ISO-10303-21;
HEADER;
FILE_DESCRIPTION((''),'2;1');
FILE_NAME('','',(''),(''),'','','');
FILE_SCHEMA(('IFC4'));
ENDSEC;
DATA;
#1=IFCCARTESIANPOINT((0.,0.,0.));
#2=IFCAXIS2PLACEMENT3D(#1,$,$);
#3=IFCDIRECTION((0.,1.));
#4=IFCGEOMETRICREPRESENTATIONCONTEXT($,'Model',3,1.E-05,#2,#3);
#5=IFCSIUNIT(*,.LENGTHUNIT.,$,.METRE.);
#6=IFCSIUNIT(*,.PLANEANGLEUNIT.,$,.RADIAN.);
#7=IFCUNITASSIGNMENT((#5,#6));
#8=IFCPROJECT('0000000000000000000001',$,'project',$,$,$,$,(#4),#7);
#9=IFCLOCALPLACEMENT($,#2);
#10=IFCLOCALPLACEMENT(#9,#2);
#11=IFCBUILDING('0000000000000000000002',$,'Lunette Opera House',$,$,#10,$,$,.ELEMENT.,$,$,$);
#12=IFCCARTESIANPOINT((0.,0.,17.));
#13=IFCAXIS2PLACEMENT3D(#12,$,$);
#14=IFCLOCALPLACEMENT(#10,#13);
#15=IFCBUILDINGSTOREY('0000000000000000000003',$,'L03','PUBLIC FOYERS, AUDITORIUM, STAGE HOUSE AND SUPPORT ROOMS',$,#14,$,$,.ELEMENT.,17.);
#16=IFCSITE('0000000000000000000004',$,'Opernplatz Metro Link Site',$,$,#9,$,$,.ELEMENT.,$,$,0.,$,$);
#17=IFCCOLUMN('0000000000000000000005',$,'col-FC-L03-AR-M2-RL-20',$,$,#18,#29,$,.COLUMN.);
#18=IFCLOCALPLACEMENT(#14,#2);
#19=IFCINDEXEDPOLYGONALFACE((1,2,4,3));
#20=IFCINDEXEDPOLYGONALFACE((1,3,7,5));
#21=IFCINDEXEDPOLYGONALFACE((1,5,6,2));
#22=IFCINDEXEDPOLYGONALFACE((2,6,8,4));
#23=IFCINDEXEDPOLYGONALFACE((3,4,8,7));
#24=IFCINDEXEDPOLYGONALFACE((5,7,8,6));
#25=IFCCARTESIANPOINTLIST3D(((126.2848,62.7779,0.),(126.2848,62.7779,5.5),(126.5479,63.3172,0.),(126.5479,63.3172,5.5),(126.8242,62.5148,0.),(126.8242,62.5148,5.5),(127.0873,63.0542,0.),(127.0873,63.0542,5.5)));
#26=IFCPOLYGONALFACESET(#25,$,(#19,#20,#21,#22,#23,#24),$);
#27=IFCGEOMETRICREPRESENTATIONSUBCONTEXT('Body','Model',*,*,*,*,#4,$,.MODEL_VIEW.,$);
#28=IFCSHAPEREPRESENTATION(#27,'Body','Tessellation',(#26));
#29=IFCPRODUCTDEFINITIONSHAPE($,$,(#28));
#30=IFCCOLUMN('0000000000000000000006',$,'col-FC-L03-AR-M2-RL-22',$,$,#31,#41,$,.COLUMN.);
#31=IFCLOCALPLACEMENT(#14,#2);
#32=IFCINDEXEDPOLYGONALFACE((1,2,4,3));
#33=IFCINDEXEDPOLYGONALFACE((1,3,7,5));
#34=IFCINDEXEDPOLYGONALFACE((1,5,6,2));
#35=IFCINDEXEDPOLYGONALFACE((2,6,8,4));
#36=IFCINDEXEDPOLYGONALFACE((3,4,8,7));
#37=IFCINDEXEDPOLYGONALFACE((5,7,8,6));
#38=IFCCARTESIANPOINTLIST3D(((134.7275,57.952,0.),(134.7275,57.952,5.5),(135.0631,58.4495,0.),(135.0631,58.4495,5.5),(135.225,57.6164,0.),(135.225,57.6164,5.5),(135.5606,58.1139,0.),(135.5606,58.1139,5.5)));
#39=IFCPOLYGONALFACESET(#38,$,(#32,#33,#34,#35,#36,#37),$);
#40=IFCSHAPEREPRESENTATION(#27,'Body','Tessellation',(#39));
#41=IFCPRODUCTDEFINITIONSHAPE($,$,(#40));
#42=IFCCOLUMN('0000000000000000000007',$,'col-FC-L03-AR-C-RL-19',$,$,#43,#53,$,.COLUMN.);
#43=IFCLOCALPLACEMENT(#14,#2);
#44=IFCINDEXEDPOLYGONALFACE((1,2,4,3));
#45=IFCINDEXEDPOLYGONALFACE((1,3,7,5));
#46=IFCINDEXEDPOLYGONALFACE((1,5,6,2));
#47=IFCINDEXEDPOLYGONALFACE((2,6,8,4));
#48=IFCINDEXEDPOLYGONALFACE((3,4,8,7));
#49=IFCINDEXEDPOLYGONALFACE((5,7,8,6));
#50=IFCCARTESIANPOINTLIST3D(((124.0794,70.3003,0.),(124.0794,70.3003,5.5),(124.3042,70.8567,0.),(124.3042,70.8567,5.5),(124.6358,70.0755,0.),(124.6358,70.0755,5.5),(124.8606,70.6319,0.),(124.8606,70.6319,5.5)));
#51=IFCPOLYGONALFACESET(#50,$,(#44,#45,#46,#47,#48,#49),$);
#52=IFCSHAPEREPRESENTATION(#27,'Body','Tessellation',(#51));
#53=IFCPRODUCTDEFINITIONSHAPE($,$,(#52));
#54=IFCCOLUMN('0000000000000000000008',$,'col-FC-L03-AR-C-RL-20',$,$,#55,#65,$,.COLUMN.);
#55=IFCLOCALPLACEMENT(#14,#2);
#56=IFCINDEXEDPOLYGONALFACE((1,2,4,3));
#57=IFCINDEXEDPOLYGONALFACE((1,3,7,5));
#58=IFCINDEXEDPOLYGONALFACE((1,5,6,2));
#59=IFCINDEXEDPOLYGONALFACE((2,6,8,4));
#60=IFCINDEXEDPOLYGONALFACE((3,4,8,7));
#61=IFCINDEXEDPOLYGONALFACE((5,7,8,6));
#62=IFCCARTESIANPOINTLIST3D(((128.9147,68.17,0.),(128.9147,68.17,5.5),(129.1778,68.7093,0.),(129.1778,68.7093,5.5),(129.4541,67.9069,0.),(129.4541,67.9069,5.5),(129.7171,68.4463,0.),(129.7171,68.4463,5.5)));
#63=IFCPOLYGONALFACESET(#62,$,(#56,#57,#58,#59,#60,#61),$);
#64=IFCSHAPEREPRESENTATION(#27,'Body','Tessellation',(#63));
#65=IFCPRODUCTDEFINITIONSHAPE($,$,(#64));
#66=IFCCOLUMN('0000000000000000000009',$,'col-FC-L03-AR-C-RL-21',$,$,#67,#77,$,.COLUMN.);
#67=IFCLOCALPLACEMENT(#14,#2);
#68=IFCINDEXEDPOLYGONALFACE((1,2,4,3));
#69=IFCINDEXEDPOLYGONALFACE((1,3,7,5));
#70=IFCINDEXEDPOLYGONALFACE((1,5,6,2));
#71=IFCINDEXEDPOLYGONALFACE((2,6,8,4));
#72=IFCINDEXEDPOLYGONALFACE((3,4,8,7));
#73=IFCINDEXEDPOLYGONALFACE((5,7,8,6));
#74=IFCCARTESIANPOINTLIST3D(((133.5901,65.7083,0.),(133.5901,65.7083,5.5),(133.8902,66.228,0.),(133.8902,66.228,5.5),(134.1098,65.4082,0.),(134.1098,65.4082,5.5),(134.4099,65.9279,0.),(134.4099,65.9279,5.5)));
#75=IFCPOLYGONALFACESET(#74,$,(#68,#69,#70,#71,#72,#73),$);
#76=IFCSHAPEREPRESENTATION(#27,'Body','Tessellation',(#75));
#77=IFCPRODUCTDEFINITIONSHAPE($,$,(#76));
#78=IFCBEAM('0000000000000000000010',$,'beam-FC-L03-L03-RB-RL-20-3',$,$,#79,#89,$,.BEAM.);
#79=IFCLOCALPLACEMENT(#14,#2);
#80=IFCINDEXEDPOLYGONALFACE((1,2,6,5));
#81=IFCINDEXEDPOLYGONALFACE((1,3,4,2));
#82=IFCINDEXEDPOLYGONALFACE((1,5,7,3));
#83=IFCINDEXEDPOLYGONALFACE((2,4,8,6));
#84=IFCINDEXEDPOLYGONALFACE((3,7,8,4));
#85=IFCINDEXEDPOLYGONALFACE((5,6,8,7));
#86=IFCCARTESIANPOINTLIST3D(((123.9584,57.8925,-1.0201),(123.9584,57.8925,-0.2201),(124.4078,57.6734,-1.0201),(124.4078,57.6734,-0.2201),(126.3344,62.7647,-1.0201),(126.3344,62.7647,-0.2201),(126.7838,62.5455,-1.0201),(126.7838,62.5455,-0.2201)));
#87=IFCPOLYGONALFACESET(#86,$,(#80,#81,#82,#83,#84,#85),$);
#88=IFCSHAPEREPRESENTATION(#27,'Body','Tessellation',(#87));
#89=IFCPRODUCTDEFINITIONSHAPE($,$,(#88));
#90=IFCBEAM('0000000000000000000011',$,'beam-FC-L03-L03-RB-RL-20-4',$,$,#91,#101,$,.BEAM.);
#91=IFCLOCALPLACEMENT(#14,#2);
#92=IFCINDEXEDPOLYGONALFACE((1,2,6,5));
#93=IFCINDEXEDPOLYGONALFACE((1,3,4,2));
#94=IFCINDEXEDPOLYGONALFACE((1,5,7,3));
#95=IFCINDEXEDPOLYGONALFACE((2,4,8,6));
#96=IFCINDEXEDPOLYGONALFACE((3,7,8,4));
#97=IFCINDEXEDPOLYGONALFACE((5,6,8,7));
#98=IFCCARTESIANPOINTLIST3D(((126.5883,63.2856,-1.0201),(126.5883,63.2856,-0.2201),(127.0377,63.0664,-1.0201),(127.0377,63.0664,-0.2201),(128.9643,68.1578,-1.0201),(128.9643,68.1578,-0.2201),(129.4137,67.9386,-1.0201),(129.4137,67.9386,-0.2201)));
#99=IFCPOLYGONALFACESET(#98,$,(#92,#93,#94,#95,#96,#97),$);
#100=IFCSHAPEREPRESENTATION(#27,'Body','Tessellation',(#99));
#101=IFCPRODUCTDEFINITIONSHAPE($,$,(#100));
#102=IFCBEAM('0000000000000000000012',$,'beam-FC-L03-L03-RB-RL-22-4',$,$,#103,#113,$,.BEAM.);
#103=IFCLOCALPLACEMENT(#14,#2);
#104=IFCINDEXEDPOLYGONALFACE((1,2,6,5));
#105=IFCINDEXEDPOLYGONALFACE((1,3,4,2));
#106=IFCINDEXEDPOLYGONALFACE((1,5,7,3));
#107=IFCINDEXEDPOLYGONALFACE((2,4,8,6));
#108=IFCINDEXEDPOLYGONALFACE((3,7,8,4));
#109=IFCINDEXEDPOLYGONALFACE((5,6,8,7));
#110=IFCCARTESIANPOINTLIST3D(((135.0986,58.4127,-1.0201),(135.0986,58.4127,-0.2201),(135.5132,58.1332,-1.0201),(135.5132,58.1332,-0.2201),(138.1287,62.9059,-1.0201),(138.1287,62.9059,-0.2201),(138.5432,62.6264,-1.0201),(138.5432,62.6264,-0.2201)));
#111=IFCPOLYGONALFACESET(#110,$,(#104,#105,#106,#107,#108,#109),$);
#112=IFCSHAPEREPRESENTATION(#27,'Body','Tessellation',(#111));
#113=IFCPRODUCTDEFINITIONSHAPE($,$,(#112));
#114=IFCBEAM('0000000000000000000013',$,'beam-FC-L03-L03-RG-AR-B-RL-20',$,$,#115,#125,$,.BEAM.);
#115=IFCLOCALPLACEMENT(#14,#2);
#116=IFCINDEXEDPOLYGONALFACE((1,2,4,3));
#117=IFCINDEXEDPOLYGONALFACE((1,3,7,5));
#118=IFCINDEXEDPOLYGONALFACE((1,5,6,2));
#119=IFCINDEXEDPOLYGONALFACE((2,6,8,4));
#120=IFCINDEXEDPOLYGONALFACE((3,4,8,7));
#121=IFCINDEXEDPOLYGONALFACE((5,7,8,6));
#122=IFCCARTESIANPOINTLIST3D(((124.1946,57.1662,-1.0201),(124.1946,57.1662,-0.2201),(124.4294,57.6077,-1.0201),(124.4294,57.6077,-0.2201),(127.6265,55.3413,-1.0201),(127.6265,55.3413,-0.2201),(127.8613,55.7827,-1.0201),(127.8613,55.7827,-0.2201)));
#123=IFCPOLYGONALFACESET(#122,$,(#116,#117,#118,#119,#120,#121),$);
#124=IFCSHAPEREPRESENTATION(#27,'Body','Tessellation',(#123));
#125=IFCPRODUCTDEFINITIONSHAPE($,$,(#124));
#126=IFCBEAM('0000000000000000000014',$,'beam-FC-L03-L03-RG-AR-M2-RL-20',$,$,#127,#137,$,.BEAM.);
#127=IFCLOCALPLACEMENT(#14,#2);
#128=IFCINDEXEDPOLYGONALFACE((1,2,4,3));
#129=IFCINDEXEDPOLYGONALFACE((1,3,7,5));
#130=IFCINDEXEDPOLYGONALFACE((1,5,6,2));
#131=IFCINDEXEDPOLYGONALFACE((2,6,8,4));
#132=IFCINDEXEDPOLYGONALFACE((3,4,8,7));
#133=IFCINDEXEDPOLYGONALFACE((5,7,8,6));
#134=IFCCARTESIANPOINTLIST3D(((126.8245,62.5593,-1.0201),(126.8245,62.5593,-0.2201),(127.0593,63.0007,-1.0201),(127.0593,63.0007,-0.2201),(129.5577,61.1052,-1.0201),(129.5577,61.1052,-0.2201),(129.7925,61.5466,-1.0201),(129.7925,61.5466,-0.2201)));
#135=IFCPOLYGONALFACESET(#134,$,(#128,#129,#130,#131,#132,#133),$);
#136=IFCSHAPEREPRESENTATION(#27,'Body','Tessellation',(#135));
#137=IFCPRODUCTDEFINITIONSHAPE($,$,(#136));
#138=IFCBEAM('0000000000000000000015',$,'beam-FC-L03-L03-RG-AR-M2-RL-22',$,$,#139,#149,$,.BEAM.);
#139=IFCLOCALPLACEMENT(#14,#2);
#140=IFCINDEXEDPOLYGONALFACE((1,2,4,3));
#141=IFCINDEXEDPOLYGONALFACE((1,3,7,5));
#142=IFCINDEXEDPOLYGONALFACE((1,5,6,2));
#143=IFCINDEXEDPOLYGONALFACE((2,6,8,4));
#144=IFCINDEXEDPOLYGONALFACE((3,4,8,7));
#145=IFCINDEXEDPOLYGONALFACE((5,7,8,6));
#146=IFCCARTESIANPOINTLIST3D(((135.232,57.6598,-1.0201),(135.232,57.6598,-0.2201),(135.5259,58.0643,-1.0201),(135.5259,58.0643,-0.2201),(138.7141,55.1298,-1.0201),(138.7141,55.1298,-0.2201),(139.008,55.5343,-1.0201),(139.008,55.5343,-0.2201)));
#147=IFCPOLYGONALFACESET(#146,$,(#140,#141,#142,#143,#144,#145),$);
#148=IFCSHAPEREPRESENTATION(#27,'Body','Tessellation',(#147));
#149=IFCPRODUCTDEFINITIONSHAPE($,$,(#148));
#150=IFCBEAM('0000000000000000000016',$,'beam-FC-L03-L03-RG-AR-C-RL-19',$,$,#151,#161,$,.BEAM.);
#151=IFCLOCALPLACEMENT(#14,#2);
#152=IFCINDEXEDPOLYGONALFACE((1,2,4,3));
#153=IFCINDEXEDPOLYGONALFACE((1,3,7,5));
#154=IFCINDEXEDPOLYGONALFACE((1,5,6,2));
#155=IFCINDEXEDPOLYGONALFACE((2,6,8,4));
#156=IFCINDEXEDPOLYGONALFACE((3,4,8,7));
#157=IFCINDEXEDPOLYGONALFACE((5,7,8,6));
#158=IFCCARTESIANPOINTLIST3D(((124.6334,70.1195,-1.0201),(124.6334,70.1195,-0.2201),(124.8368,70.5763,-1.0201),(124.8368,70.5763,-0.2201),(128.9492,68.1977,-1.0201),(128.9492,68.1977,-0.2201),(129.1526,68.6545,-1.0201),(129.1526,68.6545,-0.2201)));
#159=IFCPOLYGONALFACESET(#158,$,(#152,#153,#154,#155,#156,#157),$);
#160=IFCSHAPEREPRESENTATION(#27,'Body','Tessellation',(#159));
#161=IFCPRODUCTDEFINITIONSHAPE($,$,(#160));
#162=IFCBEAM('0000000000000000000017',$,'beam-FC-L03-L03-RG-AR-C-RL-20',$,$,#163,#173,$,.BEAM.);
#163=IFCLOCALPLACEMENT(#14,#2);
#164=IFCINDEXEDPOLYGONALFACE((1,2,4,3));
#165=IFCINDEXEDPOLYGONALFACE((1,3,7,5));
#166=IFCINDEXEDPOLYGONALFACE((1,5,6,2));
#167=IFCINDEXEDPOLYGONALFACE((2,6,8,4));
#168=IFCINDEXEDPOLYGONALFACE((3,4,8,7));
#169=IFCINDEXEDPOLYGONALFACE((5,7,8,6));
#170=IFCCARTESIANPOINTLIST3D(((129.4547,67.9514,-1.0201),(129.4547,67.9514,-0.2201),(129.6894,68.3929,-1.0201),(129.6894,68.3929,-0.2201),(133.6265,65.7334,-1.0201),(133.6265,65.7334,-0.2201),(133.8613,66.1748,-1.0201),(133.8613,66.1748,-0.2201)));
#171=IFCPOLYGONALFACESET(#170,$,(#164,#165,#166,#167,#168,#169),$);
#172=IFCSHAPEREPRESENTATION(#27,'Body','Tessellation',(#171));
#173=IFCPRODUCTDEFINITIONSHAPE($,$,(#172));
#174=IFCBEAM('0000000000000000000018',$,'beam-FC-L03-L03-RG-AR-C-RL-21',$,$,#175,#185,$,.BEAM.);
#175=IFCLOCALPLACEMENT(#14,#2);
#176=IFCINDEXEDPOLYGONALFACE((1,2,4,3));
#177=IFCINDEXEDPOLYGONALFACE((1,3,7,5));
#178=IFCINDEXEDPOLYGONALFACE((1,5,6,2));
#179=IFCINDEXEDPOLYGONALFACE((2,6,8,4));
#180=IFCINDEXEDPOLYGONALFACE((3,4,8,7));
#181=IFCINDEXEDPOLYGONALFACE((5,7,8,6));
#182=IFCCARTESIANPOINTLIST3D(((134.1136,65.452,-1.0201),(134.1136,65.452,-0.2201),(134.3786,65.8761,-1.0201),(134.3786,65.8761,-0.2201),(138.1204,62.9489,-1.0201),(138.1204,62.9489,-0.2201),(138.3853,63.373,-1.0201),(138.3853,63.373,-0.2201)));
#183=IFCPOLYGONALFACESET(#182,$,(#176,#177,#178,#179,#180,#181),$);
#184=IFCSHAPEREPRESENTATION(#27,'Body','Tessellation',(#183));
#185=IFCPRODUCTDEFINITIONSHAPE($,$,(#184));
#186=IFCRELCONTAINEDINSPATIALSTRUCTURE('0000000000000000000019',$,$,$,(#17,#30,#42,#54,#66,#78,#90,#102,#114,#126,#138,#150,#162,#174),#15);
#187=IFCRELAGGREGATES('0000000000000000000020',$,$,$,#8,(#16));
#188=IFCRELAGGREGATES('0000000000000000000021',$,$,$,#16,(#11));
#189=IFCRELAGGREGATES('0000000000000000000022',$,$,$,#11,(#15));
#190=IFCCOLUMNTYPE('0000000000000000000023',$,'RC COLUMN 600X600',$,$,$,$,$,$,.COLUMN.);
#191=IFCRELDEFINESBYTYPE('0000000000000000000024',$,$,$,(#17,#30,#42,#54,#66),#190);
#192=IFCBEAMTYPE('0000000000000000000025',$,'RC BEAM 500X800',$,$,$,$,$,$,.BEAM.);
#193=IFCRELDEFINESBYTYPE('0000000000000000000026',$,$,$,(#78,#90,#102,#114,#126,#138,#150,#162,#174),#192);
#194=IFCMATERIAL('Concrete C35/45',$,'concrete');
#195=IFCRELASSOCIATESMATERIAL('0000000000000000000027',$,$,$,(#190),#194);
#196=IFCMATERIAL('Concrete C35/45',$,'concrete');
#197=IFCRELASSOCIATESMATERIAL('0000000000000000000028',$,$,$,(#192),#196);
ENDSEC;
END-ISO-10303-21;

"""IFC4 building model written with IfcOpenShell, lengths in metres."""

from ifc_helpers import new_model, si_unit, direction, frame, origin, origin_2d, place, context, subcontext, project, spatial, rectangle, extrude, material, material_profile, profile_set, type_object, element, save


model = new_model("IFC4")

# Units and contexts
model_context = context("Model", 3, precision=1e-05, world=origin(), true_north=direction((0.0, 1.0)))
body_context = subcontext(model_context, "Body", "Model", "MODEL_VIEW")
ifc_project = project(units=[si_unit("LENGTHUNIT", "METRE"), si_unit("PLANEANGLEUNIT", "RADIAN")], contexts=[model_context])

# Site, building, storey
site_placement = place(None, origin())
site = spatial("IfcSite", under=ifc_project, at=site_placement, Name="Opernplatz Metro Link Site", CompositionType="ELEMENT", RefElevation=0.0)
building_placement = place(site_placement, origin())
building = spatial("IfcBuilding", under=site, at=building_placement, Name="Lunette Opera House", CompositionType="ELEMENT")
storey_placement = place(building_placement, frame((0.0, 0.0, 17.0)))
storey = spatial("IfcBuildingStorey", under=building, at=storey_placement, Name="L03", Description="PUBLIC FOYERS, AUDITORIUM, STAGE HOUSE AND SUPPORT ROOMS", CompositionType="ELEMENT", Elevation=17.0)

# Columns
ifc_material_1 = material(Name="Concrete C35/45", Category="concrete")
ifc_material_profile_1 = material_profile(ifc_material_1, rectangle(XDim=0.6001, YDim=0.6001, at=origin_2d()), Name="RC COLUMN 600X600")
ifc_profile_set_1 = profile_set([ifc_material_profile_1], Name="Concrete C35/45")
column_type = type_object("IfcColumnType", Name="RC COLUMN 600X600", PredefinedType="COLUMN", material=ifc_profile_set_1)
for number, where, z_axis, x_axis, name in (
    (1, (126.686, 62.916, 0.0), (0.0, 0.0, 1.0), (0.898794, -0.438371, 0.0), "col-FC-L03-AR-M2-RL-20"),
    (2, (135.144, 58.033, 0.0), (0.0, 0.0, 1.0), (0.829038, -0.559193, 0.0), "col-FC-L03-AR-M2-RL-22"),
    (3, (124.47, 70.4661, 0.0), (0.0, 0.0, 1.0), (0.927184, -0.374607, 0.0), "col-FC-L03-AR-C-RL-19"),
    (4, (129.3159, 68.3081, 0.0), (0.0, 0.0, 1.0), (0.898794, -0.438371, 0.0), "col-FC-L03-AR-C-RL-20"),
    (5, (134.0, 65.8181, 0.0), (0.0, 0.0, 1.0), (0.866025, -0.5, 0.0), "col-FC-L03-AR-C-RL-21"),
):
    element("IfcColumn", number, at=place(storey_placement, frame(where, z_axis=z_axis, x_axis=x_axis)), inside=storey, type_object=column_type, Name=name, PredefinedType="COLUMN", context=body_context, shape_type="SweptSolid", body=[
        extrude(rectangle(XDim=0.6001, YDim=0.6001, at=origin_2d()), origin(), (0.0, 0.0, 1.0), 5.5),
    ])

# Beams
ifc_material_2 = material(Name="Concrete C35/45", Category="concrete")
ifc_material_profile_2 = material_profile(ifc_material_2, rectangle(XDim=0.5, YDim=0.8, at=origin_2d()), Name="RC BEAM 500X800")
ifc_profile_set_2 = profile_set([ifc_material_profile_2], Name="Concrete C35/45")
beam_type = type_object("IfcBeamType", Name="RC BEAM 500X800", PredefinedType="BEAM", material=ifc_profile_set_2)
for number, where, z_axis, x_axis, name in (
    (6, (124.1831, 57.783, -0.6201), (0.438328, 0.898815, 0.0), (-0.898815, 0.438328, 0.0), "beam-FC-L03-L03-RB-RL-20-3"),
    (7, (126.813, 63.176, -0.6201), (0.438328, 0.898815, 0.0), (-0.898815, 0.438328, 0.0), "beam-FC-L03-L03-RB-RL-20-4"),
):
    element("IfcBeam", number, at=place(storey_placement, frame(where, z_axis=z_axis, x_axis=x_axis)), inside=storey, type_object=beam_type, Name=name, PredefinedType="BEAM", context=body_context, shape_type="SweptSolid", body=[
        extrude(rectangle(XDim=0.5, YDim=0.8, at=origin_2d()), origin(), (0.0, 0.0, 1.0), 5.4207),
    ])
beam_1_placement = place(storey_placement, frame((135.3059, 58.2729, -0.6201), z_axis=(0.559111, 0.829093, 0.0), x_axis=(-0.829093, 0.559111, 0.0)))
element("IfcBeam", 8, at=beam_1_placement, inside=storey, type_object=beam_type, Name="beam-FC-L03-L03-RB-RL-22-4", PredefinedType="BEAM", context=body_context, shape_type="SweptSolid", body=[
    extrude(rectangle(XDim=0.5, YDim=0.8, at=origin_2d()), origin(), (0.0, 0.0, 1.0), 5.4194),
])
beam_2_placement = place(storey_placement, frame((124.312, 57.387, -0.6201), z_axis=(0.882928, -0.469509, 0.0), x_axis=(0.469509, 0.882928, 0.0)))
element("IfcBeam", 9, at=beam_2_placement, inside=storey, type_object=beam_type, Name="beam-FC-L03-L03-RG-AR-B-RL-20", PredefinedType="BEAM", context=body_context, shape_type="SweptSolid", body=[
    extrude(rectangle(XDim=0.5, YDim=0.8, at=origin_2d()), origin(), (0.0, 0.0, 1.0), 3.887),
])
beam_3_placement = place(storey_placement, frame((126.9419, 62.78, -0.6201), z_axis=(0.882833, -0.469688, 0.0), x_axis=(0.469688, 0.882833, 0.0)))
element("IfcBeam", 10, at=beam_3_placement, inside=storey, type_object=beam_type, Name="beam-FC-L03-L03-RG-AR-M2-RL-20", PredefinedType="BEAM", context=body_context, shape_type="SweptSolid", body=[
    extrude(rectangle(XDim=0.5, YDim=0.8, at=origin_2d()), origin(), (0.0, 0.0, 1.0), 3.0959),
])
beam_4_placement = place(storey_placement, frame((135.3789, 57.8621, -0.6201), z_axis=(0.809008, -0.587797, 0.0), x_axis=(0.587797, 0.809008, 0.0)))
element("IfcBeam", 11, at=beam_4_placement, inside=storey, type_object=beam_type, Name="beam-FC-L03-L03-RG-AR-M2-RL-22", PredefinedType="BEAM", context=body_context, shape_type="SweptSolid", body=[
    extrude(rectangle(XDim=0.5, YDim=0.8, at=origin_2d()), origin(), (0.0, 0.0, 1.0), 4.3042),
])
beam_5_placement = place(storey_placement, frame((124.7351, 70.3479, -0.6201), z_axis=(0.913522, -0.40679, 0.0), x_axis=(0.40679, 0.913522, 0.0)))
element("IfcBeam", 12, at=beam_5_placement, inside=storey, type_object=beam_type, Name="beam-FC-L03-L03-RG-AR-C-RL-19", PredefinedType="BEAM", context=body_context, shape_type="SweptSolid", body=[
    extrude(rectangle(XDim=0.5, YDim=0.8, at=origin_2d()), origin(), (0.0, 0.0, 1.0), 4.7244),
])
beam_6_placement = place(storey_placement, frame((129.572, 68.1721, -0.6201), z_axis=(0.882966, -0.469437, 0.0), x_axis=(0.469437, 0.882966, 0.0)))
element("IfcBeam", 13, at=beam_6_placement, inside=storey, type_object=beam_type, Name="beam-FC-L03-L03-RG-AR-C-RL-20", PredefinedType="BEAM", context=body_context, shape_type="SweptSolid", body=[
    extrude(rectangle(XDim=0.5, YDim=0.8, at=origin_2d()), origin(), (0.0, 0.0, 1.0), 4.7249),
])
beam_7_placement = place(storey_placement, frame((134.2461, 65.6641, -0.6201), z_axis=(0.848103, -0.529832, 0.0), x_axis=(0.529832, 0.848103, 0.0)))
element("IfcBeam", 14, at=beam_7_placement, inside=storey, type_object=beam_type, Name="beam-FC-L03-L03-RG-AR-C-RL-21", PredefinedType="BEAM", context=body_context, shape_type="SweptSolid", body=[
    extrude(rectangle(XDim=0.5, YDim=0.8, at=origin_2d()), origin(), (0.0, 0.0, 1.0), 4.7244),
])

save(model, "model.ifc")
